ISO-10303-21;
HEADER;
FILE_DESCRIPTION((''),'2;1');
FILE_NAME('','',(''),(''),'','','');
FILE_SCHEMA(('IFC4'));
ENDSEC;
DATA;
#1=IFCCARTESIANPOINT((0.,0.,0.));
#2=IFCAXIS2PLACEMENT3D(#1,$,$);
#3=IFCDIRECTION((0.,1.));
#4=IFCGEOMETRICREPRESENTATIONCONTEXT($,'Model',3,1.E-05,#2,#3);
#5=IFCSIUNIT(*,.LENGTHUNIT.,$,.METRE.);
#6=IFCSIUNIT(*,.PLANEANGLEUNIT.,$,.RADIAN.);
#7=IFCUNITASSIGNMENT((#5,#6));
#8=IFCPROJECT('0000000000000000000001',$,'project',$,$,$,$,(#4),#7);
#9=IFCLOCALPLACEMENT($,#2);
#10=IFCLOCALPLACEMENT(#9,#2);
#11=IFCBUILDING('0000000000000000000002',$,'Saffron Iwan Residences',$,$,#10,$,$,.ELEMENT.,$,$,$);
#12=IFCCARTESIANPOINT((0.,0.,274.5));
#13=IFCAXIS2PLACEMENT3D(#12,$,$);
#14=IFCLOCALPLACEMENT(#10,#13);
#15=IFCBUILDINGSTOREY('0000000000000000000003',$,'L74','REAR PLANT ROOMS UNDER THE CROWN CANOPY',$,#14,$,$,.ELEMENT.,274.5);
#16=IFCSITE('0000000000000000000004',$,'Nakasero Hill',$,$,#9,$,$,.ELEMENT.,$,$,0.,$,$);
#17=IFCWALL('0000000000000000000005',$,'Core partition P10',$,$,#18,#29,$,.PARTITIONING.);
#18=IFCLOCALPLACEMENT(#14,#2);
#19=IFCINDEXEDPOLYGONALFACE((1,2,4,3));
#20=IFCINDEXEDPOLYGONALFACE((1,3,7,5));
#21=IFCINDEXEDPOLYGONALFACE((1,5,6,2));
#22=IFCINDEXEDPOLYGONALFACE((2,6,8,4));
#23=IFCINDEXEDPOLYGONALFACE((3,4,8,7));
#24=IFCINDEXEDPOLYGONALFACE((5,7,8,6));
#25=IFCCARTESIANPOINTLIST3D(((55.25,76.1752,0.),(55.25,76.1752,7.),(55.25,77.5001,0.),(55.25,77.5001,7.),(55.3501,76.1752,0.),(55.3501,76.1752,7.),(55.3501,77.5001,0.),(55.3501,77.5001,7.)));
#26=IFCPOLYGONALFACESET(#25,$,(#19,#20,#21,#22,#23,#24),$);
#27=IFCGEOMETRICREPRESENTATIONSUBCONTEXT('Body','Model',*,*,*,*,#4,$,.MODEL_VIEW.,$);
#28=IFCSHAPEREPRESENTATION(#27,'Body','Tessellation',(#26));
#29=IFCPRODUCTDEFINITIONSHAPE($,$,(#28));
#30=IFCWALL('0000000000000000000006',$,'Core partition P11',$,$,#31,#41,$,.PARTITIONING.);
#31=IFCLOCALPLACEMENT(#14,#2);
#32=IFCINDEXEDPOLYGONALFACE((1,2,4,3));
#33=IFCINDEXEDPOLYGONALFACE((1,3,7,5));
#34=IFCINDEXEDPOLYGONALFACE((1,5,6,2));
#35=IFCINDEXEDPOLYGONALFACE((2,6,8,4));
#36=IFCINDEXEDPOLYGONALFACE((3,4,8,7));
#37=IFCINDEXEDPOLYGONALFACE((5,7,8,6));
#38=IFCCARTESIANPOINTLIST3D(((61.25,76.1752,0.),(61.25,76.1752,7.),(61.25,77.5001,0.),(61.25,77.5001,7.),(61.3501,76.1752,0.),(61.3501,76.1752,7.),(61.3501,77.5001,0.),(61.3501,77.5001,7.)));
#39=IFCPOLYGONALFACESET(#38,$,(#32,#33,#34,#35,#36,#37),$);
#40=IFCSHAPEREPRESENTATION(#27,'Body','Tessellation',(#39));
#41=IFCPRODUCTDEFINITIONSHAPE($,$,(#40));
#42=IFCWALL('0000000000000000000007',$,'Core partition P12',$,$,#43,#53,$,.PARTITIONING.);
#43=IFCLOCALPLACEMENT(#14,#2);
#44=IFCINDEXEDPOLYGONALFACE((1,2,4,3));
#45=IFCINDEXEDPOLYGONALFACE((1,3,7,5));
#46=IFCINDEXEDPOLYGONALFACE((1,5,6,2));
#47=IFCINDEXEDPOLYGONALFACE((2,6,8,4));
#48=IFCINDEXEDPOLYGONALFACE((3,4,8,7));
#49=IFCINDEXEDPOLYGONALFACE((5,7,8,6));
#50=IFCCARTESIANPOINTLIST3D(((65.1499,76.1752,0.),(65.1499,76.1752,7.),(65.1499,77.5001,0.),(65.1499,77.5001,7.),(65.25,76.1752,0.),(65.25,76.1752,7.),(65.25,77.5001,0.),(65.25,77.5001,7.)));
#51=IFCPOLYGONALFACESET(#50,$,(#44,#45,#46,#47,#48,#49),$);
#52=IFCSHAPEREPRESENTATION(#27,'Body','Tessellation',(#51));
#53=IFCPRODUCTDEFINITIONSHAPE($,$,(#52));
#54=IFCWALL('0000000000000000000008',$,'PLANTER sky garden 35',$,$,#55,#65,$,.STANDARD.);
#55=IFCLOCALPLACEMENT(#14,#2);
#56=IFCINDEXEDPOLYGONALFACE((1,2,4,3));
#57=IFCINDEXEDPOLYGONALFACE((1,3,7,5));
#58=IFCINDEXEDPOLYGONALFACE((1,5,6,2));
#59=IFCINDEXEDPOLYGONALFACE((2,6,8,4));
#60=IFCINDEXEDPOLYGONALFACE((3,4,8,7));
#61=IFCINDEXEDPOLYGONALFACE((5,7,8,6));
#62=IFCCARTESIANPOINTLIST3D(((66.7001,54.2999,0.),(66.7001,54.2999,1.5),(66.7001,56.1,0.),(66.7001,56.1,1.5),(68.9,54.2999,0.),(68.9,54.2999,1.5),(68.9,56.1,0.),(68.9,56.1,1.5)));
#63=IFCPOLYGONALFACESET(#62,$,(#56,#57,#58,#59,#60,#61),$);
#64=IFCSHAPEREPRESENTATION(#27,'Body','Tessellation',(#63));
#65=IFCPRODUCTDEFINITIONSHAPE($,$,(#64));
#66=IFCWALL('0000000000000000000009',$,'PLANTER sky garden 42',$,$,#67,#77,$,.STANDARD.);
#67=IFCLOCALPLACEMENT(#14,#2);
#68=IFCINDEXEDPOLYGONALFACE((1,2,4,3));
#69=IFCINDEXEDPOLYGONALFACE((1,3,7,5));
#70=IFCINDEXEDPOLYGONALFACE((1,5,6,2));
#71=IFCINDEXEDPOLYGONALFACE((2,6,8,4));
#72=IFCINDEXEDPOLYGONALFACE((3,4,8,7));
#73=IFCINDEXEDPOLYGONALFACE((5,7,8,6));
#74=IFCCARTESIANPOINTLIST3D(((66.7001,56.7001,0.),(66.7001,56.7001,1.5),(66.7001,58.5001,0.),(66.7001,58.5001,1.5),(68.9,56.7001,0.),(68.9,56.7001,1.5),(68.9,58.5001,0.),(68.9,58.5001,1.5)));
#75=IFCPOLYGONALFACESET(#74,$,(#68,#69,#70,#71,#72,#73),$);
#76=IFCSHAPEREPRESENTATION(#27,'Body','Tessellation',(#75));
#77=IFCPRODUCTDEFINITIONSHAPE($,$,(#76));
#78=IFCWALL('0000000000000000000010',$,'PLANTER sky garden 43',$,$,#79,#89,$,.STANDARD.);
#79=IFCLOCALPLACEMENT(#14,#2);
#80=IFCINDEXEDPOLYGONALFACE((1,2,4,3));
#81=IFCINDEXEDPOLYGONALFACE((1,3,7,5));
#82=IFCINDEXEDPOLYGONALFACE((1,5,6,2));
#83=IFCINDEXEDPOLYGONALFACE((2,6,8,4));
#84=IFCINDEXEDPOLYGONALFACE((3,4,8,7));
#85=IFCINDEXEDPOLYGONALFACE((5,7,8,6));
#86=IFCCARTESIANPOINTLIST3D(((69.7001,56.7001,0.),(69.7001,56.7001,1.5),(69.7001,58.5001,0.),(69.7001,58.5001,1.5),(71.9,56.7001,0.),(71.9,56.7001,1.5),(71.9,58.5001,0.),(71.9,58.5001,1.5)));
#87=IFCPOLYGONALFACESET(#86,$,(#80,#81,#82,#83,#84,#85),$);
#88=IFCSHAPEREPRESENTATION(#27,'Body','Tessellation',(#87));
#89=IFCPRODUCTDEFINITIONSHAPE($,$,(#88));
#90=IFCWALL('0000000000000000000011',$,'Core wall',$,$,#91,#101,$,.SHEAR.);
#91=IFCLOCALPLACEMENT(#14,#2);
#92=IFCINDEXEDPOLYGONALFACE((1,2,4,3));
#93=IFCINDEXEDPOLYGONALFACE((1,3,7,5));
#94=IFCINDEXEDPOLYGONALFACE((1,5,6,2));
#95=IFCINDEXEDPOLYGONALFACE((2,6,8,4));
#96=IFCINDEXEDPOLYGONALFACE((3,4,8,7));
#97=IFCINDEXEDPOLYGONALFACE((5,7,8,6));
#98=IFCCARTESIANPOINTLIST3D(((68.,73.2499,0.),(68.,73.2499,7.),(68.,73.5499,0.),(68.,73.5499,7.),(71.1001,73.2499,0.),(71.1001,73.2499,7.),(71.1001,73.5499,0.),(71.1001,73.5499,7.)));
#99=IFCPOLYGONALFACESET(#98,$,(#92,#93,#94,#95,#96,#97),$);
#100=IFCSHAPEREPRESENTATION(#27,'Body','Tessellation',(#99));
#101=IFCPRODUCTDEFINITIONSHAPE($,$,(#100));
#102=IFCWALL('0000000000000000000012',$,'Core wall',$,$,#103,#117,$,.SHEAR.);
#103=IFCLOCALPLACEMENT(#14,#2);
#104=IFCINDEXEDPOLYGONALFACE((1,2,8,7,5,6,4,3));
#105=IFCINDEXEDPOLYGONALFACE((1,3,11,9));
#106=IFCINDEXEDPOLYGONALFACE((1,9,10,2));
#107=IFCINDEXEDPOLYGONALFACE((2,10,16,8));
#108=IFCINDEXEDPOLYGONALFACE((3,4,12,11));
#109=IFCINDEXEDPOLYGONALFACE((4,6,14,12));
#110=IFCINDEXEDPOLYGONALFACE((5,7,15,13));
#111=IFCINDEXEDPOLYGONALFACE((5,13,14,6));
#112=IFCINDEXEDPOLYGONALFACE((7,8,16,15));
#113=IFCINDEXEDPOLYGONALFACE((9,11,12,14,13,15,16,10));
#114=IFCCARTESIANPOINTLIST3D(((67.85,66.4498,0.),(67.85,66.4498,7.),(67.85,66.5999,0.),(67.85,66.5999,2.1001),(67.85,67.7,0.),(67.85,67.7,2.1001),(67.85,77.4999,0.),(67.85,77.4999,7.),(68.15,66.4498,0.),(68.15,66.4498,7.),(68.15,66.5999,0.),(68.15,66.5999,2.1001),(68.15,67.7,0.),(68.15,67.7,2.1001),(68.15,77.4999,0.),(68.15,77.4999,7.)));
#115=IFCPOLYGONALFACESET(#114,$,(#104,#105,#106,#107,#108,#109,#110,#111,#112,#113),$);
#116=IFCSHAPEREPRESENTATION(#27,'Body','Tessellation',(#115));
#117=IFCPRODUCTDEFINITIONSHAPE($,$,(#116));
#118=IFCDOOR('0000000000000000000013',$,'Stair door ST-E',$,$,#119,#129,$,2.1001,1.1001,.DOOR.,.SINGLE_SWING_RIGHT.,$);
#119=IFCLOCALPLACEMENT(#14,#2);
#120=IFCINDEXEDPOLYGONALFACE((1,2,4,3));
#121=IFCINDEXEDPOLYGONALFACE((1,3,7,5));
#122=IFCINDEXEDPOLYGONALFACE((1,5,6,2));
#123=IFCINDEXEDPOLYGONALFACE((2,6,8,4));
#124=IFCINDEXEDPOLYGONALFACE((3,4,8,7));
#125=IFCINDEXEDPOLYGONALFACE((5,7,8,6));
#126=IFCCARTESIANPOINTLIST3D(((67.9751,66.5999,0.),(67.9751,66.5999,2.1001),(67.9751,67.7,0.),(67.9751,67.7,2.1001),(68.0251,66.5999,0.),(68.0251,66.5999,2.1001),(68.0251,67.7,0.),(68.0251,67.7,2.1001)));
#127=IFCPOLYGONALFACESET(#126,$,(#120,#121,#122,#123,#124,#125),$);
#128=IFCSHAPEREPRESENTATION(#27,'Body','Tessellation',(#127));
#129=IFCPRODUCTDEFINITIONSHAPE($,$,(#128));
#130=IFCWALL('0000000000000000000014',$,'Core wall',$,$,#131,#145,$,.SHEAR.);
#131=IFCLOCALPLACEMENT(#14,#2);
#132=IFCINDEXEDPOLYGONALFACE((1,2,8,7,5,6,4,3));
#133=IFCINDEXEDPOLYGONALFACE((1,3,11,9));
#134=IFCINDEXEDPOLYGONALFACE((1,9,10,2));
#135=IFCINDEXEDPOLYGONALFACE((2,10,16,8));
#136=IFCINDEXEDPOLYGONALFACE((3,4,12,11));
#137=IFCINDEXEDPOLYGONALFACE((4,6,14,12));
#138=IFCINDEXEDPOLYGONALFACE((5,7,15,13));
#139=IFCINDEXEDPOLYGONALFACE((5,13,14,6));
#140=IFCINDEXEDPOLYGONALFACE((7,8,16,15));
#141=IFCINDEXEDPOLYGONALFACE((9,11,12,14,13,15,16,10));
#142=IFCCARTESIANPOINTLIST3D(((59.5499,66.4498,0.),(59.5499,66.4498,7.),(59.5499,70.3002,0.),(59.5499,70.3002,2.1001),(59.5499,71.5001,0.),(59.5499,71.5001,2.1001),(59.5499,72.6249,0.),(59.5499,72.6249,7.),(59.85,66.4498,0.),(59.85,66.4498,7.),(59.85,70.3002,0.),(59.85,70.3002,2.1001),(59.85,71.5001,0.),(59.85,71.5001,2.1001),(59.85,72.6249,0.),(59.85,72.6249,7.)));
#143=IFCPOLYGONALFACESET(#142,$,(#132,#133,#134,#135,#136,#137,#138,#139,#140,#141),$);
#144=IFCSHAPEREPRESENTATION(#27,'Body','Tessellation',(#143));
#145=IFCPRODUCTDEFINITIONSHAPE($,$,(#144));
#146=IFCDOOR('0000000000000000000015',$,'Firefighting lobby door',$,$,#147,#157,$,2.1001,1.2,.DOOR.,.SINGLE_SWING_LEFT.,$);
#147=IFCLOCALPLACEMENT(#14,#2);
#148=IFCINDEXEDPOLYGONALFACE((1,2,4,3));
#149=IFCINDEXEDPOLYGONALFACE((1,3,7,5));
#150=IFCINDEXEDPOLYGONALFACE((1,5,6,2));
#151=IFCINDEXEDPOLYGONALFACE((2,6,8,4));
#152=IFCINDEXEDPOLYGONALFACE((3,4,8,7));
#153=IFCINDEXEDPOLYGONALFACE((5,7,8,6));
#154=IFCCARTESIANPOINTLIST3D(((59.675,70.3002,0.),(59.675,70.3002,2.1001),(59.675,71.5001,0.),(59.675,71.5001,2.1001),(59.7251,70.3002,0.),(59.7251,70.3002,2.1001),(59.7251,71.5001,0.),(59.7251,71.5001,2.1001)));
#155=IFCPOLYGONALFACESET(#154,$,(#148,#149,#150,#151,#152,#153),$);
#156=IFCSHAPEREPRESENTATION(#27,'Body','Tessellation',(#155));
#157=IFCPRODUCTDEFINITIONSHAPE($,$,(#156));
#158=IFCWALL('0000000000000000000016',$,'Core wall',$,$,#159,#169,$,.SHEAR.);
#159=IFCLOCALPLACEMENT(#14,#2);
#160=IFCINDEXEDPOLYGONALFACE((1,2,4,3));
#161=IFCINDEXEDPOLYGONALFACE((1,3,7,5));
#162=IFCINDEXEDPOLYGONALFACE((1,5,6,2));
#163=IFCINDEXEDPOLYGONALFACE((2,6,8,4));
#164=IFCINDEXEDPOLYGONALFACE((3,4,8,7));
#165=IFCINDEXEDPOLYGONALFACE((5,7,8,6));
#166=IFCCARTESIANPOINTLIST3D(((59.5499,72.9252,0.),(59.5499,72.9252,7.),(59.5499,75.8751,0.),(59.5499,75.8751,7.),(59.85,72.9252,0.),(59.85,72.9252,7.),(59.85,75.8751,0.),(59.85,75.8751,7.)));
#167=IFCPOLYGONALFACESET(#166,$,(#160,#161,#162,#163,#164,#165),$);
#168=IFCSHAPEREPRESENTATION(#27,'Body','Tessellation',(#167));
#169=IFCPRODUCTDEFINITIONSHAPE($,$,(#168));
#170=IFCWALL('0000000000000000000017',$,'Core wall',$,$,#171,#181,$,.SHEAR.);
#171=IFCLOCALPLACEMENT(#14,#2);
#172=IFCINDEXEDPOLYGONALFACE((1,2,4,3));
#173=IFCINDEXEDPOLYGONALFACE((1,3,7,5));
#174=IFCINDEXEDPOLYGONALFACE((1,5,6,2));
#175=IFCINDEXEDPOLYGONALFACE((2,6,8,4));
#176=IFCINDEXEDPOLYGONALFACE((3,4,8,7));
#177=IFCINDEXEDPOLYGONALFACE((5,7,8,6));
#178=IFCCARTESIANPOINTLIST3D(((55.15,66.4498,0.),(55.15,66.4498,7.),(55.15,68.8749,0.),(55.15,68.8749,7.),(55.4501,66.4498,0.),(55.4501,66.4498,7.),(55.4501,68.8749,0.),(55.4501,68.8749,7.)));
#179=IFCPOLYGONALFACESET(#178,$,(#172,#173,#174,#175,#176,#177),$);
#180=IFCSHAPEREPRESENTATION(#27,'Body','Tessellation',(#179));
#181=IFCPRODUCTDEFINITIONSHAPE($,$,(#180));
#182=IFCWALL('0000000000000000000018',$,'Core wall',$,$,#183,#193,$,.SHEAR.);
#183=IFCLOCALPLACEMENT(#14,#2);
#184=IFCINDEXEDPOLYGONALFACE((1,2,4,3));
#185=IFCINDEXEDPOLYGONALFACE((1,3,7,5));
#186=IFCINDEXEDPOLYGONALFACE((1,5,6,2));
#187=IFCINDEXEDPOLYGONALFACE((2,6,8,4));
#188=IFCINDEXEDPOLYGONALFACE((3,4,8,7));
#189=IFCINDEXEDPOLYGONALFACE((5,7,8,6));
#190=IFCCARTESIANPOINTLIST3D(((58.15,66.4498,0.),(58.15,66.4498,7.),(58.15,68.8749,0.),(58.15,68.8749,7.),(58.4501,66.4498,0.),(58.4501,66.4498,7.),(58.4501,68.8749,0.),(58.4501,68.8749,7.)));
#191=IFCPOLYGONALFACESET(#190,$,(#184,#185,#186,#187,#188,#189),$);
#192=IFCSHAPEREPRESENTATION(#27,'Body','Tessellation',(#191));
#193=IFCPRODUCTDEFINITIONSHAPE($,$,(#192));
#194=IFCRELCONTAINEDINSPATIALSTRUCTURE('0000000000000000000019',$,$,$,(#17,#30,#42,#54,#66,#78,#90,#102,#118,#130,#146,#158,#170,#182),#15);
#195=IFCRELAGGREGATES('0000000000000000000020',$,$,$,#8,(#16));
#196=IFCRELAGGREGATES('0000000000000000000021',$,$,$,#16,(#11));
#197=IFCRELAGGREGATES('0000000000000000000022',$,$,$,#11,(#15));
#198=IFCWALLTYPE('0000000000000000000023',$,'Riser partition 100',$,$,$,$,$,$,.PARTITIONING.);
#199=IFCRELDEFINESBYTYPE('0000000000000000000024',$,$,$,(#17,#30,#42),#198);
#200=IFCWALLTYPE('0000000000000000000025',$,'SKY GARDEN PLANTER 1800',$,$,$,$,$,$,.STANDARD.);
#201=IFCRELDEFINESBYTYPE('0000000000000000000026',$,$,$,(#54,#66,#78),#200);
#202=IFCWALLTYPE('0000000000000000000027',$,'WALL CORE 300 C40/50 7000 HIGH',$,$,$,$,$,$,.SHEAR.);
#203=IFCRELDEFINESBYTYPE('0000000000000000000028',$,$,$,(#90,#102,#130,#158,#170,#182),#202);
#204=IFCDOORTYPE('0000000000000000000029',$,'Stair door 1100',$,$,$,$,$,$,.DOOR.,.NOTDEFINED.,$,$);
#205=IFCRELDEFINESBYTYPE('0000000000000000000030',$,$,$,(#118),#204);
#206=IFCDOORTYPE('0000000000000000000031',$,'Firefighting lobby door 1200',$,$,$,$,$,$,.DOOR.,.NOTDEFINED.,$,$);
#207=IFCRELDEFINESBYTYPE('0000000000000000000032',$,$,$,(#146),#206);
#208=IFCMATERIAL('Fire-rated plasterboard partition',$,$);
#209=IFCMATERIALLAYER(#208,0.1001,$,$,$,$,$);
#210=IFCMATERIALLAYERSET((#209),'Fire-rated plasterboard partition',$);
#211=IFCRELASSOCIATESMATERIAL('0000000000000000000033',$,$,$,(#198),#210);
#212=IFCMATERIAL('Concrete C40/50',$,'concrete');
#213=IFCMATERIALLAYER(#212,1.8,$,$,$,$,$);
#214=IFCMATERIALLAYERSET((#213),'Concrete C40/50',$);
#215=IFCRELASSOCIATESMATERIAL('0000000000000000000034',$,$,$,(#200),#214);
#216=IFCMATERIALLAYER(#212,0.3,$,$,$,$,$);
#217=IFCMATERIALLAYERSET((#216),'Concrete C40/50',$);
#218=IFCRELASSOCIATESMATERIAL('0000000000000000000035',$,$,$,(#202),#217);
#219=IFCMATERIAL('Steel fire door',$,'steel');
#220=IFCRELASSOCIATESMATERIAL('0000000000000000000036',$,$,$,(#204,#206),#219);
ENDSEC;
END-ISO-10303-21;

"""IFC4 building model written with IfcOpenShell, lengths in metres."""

from ifc_helpers import new_model, si_unit, direction, frame, frame_2d, origin, place, context, subcontext, project, spatial, rectangle, extrude, material, layer, layer_set, type_object, element, fill, save


model = new_model("IFC4")

# Units and contexts
model_context = context("Model", 3, precision=1e-05, world=origin(), true_north=direction((0.0, 1.0)))
body_context = subcontext(model_context, "Body", "Model", "MODEL_VIEW")
ifc_project = project(units=[si_unit("LENGTHUNIT", "METRE"), si_unit("PLANEANGLEUNIT", "RADIAN")], contexts=[model_context])

# Site, building, storey
site_placement = place(None, origin())
site = spatial("IfcSite", under=ifc_project, at=site_placement, Name="Nakasero Hill", CompositionType="ELEMENT", RefElevation=0.0)
building_placement = place(site_placement, origin())
building = spatial("IfcBuilding", under=site, at=building_placement, Name="Saffron Iwan Residences", CompositionType="ELEMENT")
storey_placement = place(building_placement, frame((0.0, 0.0, 274.5)))
storey = spatial("IfcBuildingStorey", under=building, at=storey_placement, Name="L74", Description="REAR PLANT ROOMS UNDER THE CROWN CANOPY", CompositionType="ELEMENT", Elevation=274.5)

# Shared definitions
ifc_material_1 = material(Name="Concrete C40/50", Category="concrete")

# Shared definitions
ifc_material_2 = material(Name="Fire-rated plasterboard partition")
ifc_material_3 = material(Name="Steel fire door", Category="steel")

# Walls
ifc_layer_1 = layer(ifc_material_2, 0.1001)
ifc_layer_set_1 = layer_set([ifc_layer_1], Name="Fire-rated plasterboard partition")
wall_type_1 = type_object("IfcWallType", Name="Riser partition 100", PredefinedType="PARTITIONING", material=ifc_layer_set_1)
for number, where, z_axis, x_axis, name in (
    (1, (55.3, 76.175, 0.0), (0.0, 0.0, 1.0), (0.0, 1.0, 0.0), "Core partition P10"),
    (2, (61.3, 76.175, 0.0), (0.0, 0.0, 1.0), (0.0, 1.0, 0.0), "Core partition P11"),
    (3, (65.2, 76.175, 0.0), (0.0, 0.0, 1.0), (0.0, 1.0, 0.0), "Core partition P12"),
):
    element("IfcWall", number, at=place(storey_placement, frame(where, z_axis=z_axis, x_axis=x_axis)), inside=storey, type_object=wall_type_1, Name=name, PredefinedType="PARTITIONING", context=body_context, shape_type="SweptSolid", body=[
        extrude(rectangle(XDim=1.325, YDim=0.1001, at=frame_2d((0.6626, 0.0))), origin(), (0.0, 0.0, 1.0), 7.0),
    ])
ifc_layer_2 = layer(ifc_material_1, 1.8)
ifc_layer_set_2 = layer_set([ifc_layer_2], Name="Concrete C40/50")
wall_type_2 = type_object("IfcWallType", Name="SKY GARDEN PLANTER 1800", PredefinedType="STANDARD", material=ifc_layer_set_2)
for number, where, z_axis, x_axis, name in (
    (4, (66.7, 55.2, 0.0), (0.0, 0.0, 1.0), (1.0, 0.0, 0.0), "PLANTER sky garden 35"),
    (5, (66.7, 57.6001, 0.0), (0.0, 0.0, 1.0), (1.0, 0.0, 0.0), "PLANTER sky garden 42"),
    (6, (69.7, 57.6001, 0.0), (0.0, 0.0, 1.0), (1.0, 0.0, 0.0), "PLANTER sky garden 43"),
):
    element("IfcWall", number, at=place(storey_placement, frame(where, z_axis=z_axis, x_axis=x_axis)), inside=storey, type_object=wall_type_2, Name=name, PredefinedType="STANDARD", context=body_context, shape_type="SweptSolid", body=[
        extrude(rectangle(XDim=2.2, YDim=1.8, at=frame_2d((1.1001, 0.0))), origin(), (0.0, 0.0, 1.0), 1.5),
    ])
ifc_layer_3 = layer(ifc_material_1, 0.3)
ifc_layer_set_3 = layer_set([ifc_layer_3], Name="Concrete C40/50")
wall_type_3 = type_object("IfcWallType", Name="WALL CORE 300 C40/50 7000 HIGH", PredefinedType="SHEAR", material=ifc_layer_set_3)
wall_1_placement = place(storey_placement, frame((68.0, 73.3999, 0.0), z_axis=(0.0, 0.0, 1.0), x_axis=(1.0, 0.0, 0.0)))
element("IfcWall", 7, at=wall_1_placement, inside=storey, type_object=wall_type_3, Name="Core wall", PredefinedType="SHEAR", context=body_context, shape_type="SweptSolid", body=[
    extrude(rectangle(XDim=3.1001, YDim=0.3, at=frame_2d((1.55, 0.0))), origin(), (0.0, 0.0, 1.0), 7.0),
])

# Walls, openings, doors
wall_2_placement = place(storey_placement, frame((68.0, 66.45, 0.0), z_axis=(0.0, 0.0, 1.0), x_axis=(0.0, 1.0, 0.0)))
wall_2 = element("IfcWall", 8, at=wall_2_placement, inside=storey, type_object=wall_type_3, Name="Core wall", PredefinedType="SHEAR", context=body_context, shape_type="SweptSolid", body=[
    extrude(rectangle(XDim=11.05, YDim=0.3, at=frame_2d((5.5249, 0.0))), origin(), (0.0, 0.0, 1.0), 7.0),
])
opening_1_placement = place(wall_2_placement, frame((0.1499, 0.0, 0.0)))
opening_1 = element("IfcOpeningElement", 9, at=opening_1_placement, cuts=wall_2, PredefinedType="OPENING", context=body_context, shape_type="SweptSolid", body=[
    extrude(rectangle(XDim=1.1001, YDim=2.1001, at=frame_2d((0.55, 1.05))), frame((0.0, 0.1602, 0.0), z_axis=(0.0, -1.0, 0.0), x_axis=(1.0, 0.0, 0.0)), (0.0, 0.0, 1.0), 0.3201),
])
door_type_1 = type_object("IfcDoorType", Name="Stair door 1100", OperationType="NOTDEFINED", PredefinedType="DOOR", material=ifc_material_3)
door_1_placement = place(opening_1_placement, origin())
door_1 = element("IfcDoor", 10, at=door_1_placement, inside=storey, type_object=door_type_1, Name="Stair door ST-E", OperationType="SINGLE_SWING_RIGHT", OverallHeight=2.1001, OverallWidth=1.1001, PredefinedType="DOOR", context=body_context, shape_type="SweptSolid", body=[
    extrude(rectangle(XDim=1.1001, YDim=2.1001, at=frame_2d((0.55, 1.05))), frame((0.0, 0.0249, 0.0), z_axis=(0.0, -1.0, 0.0), x_axis=(1.0, 0.0, 0.0)), (0.0, 0.0, 1.0), 0.05),
])
fill(opening_1, door_1)
wall_3_placement = place(storey_placement, frame((59.7, 66.45, 0.0), z_axis=(0.0, 0.0, 1.0), x_axis=(0.0, 1.0, 0.0)))
wall_3 = element("IfcWall", 11, at=wall_3_placement, inside=storey, type_object=wall_type_3, Name="Core wall", PredefinedType="SHEAR", context=body_context, shape_type="SweptSolid", body=[
    extrude(rectangle(XDim=6.175, YDim=0.3, at=frame_2d((3.0874, 0.0))), origin(), (0.0, 0.0, 1.0), 7.0),
])
opening_2_placement = place(wall_3_placement, frame((3.8501, 0.0, 0.0)))
opening_2 = element("IfcOpeningElement", 12, at=opening_2_placement, cuts=wall_3, PredefinedType="OPENING", context=body_context, shape_type="SweptSolid", body=[
    extrude(rectangle(XDim=1.2, YDim=2.1001, at=frame_2d((0.6001, 1.05))), frame((0.0, 0.1602, 0.0), z_axis=(0.0, -1.0, 0.0), x_axis=(1.0, 0.0, 0.0)), (0.0, 0.0, 1.0), 0.3201),
])
door_type_2 = type_object("IfcDoorType", Name="Firefighting lobby door 1200", OperationType="NOTDEFINED", PredefinedType="DOOR", material=ifc_material_3)
door_2_placement = place(opening_2_placement, origin())
door_2 = element("IfcDoor", 13, at=door_2_placement, inside=storey, type_object=door_type_2, Name="Firefighting lobby door", OperationType="SINGLE_SWING_LEFT", OverallHeight=2.1001, OverallWidth=1.2, PredefinedType="DOOR", context=body_context, shape_type="SweptSolid", body=[
    extrude(rectangle(XDim=1.2, YDim=2.1001, at=frame_2d((0.6001, 1.05))), frame((0.0, 0.0249, 0.0), z_axis=(0.0, -1.0, 0.0), x_axis=(1.0, 0.0, 0.0)), (0.0, 0.0, 1.0), 0.05),
])
fill(opening_2, door_2)

# Walls
wall_4_placement = place(storey_placement, frame((59.7, 72.925, 0.0), z_axis=(0.0, 0.0, 1.0), x_axis=(0.0, 1.0, 0.0)))
element("IfcWall", 14, at=wall_4_placement, inside=storey, type_object=wall_type_3, Name="Core wall", PredefinedType="SHEAR", context=body_context, shape_type="SweptSolid", body=[
    extrude(rectangle(XDim=2.95, YDim=0.3, at=frame_2d((1.4751, 0.0))), origin(), (0.0, 0.0, 1.0), 7.0),
])
for number, where, z_axis, x_axis, name in (
    (15, (55.3, 66.45, 0.0), (0.0, 0.0, 1.0), (0.0, 1.0, 0.0), "Core wall"),
    (16, (58.3, 66.45, 0.0), (0.0, 0.0, 1.0), (0.0, 1.0, 0.0), "Core wall"),
):
    element("IfcWall", number, at=place(storey_placement, frame(where, z_axis=z_axis, x_axis=x_axis)), inside=storey, type_object=wall_type_3, Name=name, PredefinedType="SHEAR", context=body_context, shape_type="SweptSolid", body=[
        extrude(rectangle(XDim=2.425, YDim=0.3, at=frame_2d((1.2124, 0.0))), origin(), (0.0, 0.0, 1.0), 7.0),
    ])

save(model, "model.ifc")
